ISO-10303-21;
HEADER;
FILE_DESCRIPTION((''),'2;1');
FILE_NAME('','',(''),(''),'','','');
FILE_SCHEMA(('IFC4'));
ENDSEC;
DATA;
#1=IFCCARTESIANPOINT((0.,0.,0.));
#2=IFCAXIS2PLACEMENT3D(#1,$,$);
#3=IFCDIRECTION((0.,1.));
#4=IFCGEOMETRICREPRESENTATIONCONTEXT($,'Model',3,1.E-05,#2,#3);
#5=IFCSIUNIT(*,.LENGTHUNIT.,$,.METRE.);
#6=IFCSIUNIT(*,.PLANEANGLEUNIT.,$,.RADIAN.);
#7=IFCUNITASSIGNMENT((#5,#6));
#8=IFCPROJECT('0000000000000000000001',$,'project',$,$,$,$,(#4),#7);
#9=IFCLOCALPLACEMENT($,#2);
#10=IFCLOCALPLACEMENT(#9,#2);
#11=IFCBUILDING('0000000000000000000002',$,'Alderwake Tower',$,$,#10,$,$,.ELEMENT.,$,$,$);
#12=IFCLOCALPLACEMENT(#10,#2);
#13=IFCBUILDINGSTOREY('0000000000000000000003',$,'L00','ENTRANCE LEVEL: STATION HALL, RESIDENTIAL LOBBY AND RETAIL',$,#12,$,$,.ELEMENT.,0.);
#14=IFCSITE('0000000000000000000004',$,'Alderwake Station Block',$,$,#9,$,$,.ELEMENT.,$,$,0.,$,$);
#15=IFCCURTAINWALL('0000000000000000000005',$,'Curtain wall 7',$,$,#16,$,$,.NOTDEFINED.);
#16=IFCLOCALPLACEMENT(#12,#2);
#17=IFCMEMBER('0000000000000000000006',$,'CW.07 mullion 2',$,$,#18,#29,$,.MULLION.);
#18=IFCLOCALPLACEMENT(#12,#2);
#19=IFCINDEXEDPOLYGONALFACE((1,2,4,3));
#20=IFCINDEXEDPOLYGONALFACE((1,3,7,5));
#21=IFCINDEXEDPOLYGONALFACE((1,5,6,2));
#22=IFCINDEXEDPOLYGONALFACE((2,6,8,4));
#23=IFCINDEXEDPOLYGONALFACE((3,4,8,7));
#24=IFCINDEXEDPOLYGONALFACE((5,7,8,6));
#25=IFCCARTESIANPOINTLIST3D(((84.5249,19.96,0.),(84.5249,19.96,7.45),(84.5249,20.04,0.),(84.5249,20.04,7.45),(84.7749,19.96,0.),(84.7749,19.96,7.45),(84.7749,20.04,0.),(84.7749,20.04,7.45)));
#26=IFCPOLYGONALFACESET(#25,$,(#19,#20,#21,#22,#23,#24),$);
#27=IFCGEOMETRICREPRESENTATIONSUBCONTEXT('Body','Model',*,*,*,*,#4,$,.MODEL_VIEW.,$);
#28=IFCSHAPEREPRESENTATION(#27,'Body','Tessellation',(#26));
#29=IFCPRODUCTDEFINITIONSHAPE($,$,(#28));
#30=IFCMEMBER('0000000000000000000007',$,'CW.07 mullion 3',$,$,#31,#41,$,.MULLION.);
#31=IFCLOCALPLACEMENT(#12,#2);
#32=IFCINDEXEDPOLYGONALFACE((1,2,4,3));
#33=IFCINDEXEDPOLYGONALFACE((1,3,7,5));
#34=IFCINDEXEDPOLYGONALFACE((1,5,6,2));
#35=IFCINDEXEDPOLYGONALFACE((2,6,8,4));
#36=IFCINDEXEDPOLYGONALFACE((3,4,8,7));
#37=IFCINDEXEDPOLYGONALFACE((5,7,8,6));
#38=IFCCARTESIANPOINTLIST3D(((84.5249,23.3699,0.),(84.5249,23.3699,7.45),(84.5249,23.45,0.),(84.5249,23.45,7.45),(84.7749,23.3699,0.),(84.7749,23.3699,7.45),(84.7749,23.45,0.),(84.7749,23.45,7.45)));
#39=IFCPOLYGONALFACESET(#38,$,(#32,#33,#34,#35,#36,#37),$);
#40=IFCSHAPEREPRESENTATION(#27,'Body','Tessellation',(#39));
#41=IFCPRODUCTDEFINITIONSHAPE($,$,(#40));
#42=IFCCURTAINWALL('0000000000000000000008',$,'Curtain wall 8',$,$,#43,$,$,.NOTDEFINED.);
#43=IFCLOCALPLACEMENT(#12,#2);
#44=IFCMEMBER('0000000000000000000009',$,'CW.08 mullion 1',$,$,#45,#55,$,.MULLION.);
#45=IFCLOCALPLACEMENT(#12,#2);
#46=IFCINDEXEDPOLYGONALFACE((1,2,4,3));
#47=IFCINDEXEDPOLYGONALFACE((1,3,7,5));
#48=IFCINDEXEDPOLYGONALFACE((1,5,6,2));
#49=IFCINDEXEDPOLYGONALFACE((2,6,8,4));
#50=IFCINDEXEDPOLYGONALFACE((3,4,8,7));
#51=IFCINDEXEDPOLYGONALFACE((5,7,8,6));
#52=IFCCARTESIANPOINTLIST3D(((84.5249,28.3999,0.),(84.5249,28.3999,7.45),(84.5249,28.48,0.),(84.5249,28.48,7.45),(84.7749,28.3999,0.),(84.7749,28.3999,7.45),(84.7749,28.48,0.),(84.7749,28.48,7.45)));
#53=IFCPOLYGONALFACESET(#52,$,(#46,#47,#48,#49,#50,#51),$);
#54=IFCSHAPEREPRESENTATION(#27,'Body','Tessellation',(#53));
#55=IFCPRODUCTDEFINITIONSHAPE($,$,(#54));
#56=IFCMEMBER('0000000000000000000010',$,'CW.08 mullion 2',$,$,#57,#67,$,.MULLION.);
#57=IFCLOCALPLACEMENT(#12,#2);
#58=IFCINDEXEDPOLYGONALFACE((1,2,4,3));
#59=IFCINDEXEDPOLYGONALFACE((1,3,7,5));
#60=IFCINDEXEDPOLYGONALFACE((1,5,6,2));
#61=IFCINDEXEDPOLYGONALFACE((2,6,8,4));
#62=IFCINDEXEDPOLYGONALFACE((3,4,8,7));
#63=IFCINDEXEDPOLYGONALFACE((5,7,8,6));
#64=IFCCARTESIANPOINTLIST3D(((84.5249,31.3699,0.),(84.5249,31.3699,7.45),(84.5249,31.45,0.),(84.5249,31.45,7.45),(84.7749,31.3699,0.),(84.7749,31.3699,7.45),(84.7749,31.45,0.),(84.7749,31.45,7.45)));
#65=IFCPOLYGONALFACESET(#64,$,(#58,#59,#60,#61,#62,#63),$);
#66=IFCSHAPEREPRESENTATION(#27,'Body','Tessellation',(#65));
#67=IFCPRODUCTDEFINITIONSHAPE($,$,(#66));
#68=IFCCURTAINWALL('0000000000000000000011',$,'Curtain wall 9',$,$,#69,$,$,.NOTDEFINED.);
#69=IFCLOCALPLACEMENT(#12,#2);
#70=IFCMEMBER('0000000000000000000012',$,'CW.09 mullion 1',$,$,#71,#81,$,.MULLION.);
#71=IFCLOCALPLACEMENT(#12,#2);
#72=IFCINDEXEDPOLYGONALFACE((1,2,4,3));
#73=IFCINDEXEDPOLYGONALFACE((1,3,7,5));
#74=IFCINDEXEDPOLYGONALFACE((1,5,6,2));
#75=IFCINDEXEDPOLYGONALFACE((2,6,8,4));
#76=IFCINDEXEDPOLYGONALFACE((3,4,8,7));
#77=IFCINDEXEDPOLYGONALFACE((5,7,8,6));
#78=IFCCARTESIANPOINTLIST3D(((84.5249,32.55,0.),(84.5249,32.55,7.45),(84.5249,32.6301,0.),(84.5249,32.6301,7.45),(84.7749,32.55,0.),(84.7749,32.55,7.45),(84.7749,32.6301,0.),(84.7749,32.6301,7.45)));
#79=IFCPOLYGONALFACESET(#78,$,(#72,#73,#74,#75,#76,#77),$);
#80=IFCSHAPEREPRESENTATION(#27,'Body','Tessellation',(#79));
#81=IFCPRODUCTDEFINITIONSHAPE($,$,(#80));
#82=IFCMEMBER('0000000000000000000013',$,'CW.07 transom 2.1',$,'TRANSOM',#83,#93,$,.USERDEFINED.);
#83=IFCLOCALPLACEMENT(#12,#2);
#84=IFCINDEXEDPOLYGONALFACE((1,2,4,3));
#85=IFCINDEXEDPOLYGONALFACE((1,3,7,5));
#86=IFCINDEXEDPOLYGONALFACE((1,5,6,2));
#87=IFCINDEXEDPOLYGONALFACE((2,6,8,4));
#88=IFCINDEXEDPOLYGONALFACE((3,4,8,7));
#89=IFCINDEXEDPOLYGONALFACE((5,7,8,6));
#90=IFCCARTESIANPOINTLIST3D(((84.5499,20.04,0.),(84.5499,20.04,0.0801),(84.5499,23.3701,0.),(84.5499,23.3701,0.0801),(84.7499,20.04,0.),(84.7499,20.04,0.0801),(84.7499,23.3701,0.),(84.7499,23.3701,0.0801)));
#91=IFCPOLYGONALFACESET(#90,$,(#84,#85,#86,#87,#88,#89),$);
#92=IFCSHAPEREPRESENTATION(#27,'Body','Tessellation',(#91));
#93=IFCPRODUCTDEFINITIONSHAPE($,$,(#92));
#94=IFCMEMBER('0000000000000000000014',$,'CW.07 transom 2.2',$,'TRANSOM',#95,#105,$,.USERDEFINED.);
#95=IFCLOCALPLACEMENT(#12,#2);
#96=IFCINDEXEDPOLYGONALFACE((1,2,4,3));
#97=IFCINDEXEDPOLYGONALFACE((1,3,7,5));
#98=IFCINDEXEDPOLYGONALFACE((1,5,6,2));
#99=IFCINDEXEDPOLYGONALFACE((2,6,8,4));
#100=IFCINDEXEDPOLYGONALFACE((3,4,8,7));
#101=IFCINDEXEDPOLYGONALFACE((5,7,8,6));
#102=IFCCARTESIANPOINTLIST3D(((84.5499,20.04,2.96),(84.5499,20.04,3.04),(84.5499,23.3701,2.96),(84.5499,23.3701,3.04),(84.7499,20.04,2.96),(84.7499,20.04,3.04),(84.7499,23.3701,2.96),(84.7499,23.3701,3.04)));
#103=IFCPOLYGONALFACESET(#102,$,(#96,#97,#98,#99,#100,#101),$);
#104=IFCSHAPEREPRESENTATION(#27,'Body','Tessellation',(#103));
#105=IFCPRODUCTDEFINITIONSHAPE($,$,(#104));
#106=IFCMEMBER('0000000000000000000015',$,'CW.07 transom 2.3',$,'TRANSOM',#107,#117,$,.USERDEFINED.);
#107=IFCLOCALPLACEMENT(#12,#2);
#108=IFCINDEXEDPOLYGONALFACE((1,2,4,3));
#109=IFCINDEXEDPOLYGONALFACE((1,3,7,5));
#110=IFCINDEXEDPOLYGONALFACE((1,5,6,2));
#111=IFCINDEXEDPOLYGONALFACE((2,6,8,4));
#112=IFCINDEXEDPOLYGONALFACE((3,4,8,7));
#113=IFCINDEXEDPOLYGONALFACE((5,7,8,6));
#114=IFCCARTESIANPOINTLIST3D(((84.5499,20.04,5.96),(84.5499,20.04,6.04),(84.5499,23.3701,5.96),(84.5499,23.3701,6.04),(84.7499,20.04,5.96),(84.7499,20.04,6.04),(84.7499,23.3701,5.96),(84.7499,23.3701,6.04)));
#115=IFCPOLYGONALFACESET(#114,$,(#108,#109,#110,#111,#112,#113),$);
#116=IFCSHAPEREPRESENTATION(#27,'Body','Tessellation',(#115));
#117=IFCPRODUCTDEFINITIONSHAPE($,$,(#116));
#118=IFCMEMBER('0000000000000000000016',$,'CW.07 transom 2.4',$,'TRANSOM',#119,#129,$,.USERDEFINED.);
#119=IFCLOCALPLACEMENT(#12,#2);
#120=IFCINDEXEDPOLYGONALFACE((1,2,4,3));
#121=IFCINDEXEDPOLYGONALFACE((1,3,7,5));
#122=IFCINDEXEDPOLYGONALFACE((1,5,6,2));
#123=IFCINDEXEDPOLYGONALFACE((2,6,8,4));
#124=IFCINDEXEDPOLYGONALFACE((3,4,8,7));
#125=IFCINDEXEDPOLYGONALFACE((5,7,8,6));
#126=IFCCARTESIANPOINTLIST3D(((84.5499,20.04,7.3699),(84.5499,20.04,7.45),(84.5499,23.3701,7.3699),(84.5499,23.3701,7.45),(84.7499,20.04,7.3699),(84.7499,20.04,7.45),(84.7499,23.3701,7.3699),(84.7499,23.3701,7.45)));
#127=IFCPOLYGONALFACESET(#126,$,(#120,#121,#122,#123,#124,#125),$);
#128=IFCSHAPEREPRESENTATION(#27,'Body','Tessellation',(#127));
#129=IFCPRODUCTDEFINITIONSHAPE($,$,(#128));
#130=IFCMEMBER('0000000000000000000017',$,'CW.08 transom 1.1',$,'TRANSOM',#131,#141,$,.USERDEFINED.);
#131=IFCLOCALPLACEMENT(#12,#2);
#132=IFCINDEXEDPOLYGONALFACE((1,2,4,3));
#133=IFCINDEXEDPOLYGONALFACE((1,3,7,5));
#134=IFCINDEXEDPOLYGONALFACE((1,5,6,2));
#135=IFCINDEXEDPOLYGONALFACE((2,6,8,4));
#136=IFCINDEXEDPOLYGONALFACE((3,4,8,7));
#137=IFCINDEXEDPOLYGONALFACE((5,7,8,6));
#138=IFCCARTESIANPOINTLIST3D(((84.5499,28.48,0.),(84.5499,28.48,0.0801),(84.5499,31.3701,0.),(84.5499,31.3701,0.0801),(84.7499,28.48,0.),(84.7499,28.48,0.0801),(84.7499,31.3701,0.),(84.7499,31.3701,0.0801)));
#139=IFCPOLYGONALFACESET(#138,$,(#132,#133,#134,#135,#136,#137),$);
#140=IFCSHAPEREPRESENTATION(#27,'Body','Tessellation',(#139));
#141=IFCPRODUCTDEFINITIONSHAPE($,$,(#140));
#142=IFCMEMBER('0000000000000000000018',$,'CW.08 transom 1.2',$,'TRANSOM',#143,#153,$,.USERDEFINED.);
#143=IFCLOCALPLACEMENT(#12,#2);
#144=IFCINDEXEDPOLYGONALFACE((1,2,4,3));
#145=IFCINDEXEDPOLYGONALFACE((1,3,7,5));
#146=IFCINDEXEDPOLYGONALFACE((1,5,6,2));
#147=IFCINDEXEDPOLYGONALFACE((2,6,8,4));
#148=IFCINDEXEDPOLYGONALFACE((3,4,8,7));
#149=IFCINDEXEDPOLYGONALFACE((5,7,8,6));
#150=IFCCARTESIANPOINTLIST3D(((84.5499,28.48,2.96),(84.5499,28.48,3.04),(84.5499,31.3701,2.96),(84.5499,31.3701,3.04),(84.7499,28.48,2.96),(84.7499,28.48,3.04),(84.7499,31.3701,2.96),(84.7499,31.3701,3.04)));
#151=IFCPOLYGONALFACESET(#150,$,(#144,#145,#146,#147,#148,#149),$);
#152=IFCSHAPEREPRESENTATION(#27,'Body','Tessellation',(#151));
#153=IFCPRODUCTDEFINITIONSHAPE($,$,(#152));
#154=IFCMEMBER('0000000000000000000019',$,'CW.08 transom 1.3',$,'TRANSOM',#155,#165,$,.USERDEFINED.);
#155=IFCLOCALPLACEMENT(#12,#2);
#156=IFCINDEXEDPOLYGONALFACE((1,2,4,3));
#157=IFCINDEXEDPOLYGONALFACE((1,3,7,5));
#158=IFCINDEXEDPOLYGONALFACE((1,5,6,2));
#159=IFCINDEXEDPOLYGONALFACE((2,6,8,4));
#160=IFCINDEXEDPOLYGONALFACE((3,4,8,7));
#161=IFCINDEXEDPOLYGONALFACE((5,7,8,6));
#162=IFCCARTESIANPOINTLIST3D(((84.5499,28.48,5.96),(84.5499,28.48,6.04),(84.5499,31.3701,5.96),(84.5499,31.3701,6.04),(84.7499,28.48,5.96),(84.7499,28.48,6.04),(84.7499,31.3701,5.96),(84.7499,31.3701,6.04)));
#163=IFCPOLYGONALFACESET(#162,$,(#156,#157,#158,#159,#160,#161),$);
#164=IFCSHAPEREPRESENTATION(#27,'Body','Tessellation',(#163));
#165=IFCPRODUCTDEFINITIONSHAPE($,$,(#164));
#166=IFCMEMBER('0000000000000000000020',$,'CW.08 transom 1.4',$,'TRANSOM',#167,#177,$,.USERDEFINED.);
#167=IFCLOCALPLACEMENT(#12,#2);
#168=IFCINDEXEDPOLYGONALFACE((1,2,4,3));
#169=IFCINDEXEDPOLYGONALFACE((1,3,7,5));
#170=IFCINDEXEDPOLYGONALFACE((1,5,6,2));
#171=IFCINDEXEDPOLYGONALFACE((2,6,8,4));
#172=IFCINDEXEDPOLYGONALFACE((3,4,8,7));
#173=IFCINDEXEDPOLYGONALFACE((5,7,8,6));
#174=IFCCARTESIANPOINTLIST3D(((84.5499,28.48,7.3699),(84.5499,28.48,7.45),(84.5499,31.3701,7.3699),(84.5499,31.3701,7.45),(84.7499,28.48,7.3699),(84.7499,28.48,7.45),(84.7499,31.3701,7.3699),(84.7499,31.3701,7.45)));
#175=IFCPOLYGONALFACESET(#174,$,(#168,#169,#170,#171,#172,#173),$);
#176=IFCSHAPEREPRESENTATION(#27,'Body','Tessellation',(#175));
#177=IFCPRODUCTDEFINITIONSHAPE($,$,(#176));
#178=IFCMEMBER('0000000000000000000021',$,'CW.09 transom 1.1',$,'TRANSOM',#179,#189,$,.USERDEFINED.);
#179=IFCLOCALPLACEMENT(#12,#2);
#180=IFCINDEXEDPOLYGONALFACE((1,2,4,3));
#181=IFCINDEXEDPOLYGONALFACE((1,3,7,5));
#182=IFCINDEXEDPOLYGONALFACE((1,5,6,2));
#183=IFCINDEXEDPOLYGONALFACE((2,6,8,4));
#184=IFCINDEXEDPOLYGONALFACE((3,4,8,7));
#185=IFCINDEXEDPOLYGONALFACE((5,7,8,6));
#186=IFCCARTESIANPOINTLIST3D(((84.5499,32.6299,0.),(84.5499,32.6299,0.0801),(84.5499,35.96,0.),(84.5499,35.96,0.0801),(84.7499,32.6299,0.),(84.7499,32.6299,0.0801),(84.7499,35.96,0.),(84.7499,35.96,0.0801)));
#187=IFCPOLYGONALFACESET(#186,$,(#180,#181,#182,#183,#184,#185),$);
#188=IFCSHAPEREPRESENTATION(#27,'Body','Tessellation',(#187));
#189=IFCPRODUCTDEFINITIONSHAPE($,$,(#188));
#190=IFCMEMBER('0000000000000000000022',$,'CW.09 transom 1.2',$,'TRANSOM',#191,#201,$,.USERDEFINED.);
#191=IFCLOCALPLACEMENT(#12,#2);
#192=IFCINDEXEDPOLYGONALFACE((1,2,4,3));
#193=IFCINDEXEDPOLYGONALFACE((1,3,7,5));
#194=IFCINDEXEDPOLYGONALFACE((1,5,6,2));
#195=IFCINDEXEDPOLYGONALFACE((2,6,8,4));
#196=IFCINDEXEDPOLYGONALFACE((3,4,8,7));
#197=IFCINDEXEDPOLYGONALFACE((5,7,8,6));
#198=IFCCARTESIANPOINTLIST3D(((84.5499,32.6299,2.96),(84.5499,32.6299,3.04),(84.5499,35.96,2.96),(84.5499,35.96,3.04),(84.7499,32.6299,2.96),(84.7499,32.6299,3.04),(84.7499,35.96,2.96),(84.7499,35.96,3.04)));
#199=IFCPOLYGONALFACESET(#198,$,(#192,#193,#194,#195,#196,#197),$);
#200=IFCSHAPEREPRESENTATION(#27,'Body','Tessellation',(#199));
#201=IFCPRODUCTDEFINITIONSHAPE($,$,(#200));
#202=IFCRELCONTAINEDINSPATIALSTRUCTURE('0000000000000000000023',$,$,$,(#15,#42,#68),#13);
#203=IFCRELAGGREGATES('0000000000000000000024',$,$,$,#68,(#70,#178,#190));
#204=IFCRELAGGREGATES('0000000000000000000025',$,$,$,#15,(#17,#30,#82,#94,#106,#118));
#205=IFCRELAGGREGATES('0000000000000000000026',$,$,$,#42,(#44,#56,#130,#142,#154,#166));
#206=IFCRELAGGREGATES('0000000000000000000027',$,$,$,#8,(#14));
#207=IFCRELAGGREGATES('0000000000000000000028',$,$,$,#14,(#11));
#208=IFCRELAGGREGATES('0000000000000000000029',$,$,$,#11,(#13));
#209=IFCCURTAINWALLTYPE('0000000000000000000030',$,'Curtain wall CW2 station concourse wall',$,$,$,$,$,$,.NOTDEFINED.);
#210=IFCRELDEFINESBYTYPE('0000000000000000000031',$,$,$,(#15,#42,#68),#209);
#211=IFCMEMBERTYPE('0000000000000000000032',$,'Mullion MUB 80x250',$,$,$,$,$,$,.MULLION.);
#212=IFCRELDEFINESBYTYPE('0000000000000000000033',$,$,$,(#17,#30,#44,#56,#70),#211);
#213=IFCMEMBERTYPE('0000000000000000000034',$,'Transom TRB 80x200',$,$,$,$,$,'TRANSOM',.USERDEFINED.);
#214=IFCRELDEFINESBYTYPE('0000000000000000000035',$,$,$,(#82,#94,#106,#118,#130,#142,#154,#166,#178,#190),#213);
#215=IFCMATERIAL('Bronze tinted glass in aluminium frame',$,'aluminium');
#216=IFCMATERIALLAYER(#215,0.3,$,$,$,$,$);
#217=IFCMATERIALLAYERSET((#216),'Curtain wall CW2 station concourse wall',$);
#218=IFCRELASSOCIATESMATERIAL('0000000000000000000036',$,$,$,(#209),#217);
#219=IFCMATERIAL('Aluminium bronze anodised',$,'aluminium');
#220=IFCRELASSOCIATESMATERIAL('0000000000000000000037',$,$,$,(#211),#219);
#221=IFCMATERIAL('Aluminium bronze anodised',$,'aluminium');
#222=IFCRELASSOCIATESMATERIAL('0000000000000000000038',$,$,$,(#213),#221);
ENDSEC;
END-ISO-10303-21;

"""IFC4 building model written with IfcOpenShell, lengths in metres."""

from ifc_helpers import new_model, si_unit, direction, frame, origin, origin_2d, place, context, subcontext, project, spatial, rectangle, extrude, material, layer, layer_set, material_profile, profile_set, type_object, element, aggregate, save


model = new_model("IFC4")

# Units and contexts
model_context = context("Model", 3, precision=1e-05, world=origin(), true_north=direction((0.0, 1.0)))
body_context = subcontext(model_context, "Body", "Model", "MODEL_VIEW")
ifc_project = project(units=[si_unit("LENGTHUNIT", "METRE"), si_unit("PLANEANGLEUNIT", "RADIAN")], contexts=[model_context])

# Site, building, storey
site_placement = place(None, origin())
site = spatial("IfcSite", under=ifc_project, at=site_placement, Name="Alderwake Station Block", CompositionType="ELEMENT", RefElevation=0.0)
building_placement = place(site_placement, origin())
building = spatial("IfcBuilding", under=site, at=building_placement, Name="Alderwake Tower", CompositionType="ELEMENT")
storey_placement = place(building_placement, origin())
storey = spatial("IfcBuildingStorey", under=building, at=storey_placement, Name="L00", Description="ENTRANCE LEVEL: STATION HALL, RESIDENTIAL LOBBY AND RETAIL", CompositionType="ELEMENT", Elevation=0.0)

# Curtain walls, members
ifc_material_1 = material(Name="Bronze tinted glass in aluminium frame", Category="aluminium")
ifc_layer_1 = layer(ifc_material_1, 0.3)
ifc_layer_set_1 = layer_set([ifc_layer_1], Name="Curtain wall CW2 station concourse wall")
curtain_wall_type = type_object("IfcCurtainWallType", Name="Curtain wall CW2 station concourse wall", PredefinedType="NOTDEFINED", material=ifc_layer_set_1)
curtain_wall_1_placement = place(storey_placement, origin())
curtain_wall_1 = element("IfcCurtainWall", 1, at=curtain_wall_1_placement, inside=storey, type_object=curtain_wall_type, Name="Curtain wall 7", PredefinedType="NOTDEFINED")
ifc_material_2 = material(Name="Aluminium bronze anodised", Category="aluminium")
ifc_material_profile_1 = material_profile(ifc_material_2, rectangle(XDim=0.25, YDim=0.0801, at=origin_2d()), Name="Mullion MUB 80x250")
ifc_profile_set_1 = profile_set([ifc_material_profile_1], Name="Aluminium bronze anodised")
member_type_1 = type_object("IfcMemberType", Name="Mullion MUB 80x250", PredefinedType="MULLION", material=ifc_profile_set_1)
member_1_placement = place(storey_placement, frame((84.6499, 20.0, 0.0), z_axis=(0.0, 0.0, 1.0), x_axis=(-1.0, 0.0, 0.0)))
member_1 = element("IfcMember", 2, at=member_1_placement, type_object=member_type_1, Name="CW.07 mullion 2", PredefinedType="MULLION", context=body_context, shape_type="SweptSolid", body=[
    extrude(rectangle(XDim=0.25, YDim=0.0801, at=origin_2d()), origin(), (0.0, 0.0, 1.0), 7.45),
])
member_2_placement = place(storey_placement, frame((84.6499, 23.4099, 0.0), z_axis=(0.0, 0.0, 1.0), x_axis=(-1.0, 0.0, 0.0)))
member_2 = element("IfcMember", 3, at=member_2_placement, type_object=member_type_1, Name="CW.07 mullion 3", PredefinedType="MULLION", context=body_context, shape_type="SweptSolid", body=[
    extrude(rectangle(XDim=0.25, YDim=0.0801, at=origin_2d()), origin(), (0.0, 0.0, 1.0), 7.45),
])
curtain_wall_2_placement = place(storey_placement, origin())
curtain_wall_2 = element("IfcCurtainWall", 4, at=curtain_wall_2_placement, inside=storey, type_object=curtain_wall_type, Name="Curtain wall 8", PredefinedType="NOTDEFINED")
member_3_placement = place(storey_placement, frame((84.6499, 28.4399, 0.0), z_axis=(0.0, 0.0, 1.0), x_axis=(-1.0, 0.0, 0.0)))
member_3 = element("IfcMember", 5, at=member_3_placement, type_object=member_type_1, Name="CW.08 mullion 1", PredefinedType="MULLION", context=body_context, shape_type="SweptSolid", body=[
    extrude(rectangle(XDim=0.25, YDim=0.0801, at=origin_2d()), origin(), (0.0, 0.0, 1.0), 7.45),
])
member_4_placement = place(storey_placement, frame((84.6499, 31.4099, 0.0), z_axis=(0.0, 0.0, 1.0), x_axis=(-1.0, 0.0, 0.0)))
member_4 = element("IfcMember", 6, at=member_4_placement, type_object=member_type_1, Name="CW.08 mullion 2", PredefinedType="MULLION", context=body_context, shape_type="SweptSolid", body=[
    extrude(rectangle(XDim=0.25, YDim=0.0801, at=origin_2d()), origin(), (0.0, 0.0, 1.0), 7.45),
])

# Curtain wall, member
curtain_wall_3_placement = place(storey_placement, origin())
curtain_wall_3 = element("IfcCurtainWall", 7, at=curtain_wall_3_placement, inside=storey, type_object=curtain_wall_type, Name="Curtain wall 9", PredefinedType="NOTDEFINED")
member_5_placement = place(storey_placement, frame((84.6499, 32.5901, 0.0), z_axis=(0.0, 0.0, 1.0), x_axis=(-1.0, 0.0, 0.0)))
member_5 = element("IfcMember", 8, at=member_5_placement, type_object=member_type_1, Name="CW.09 mullion 1", PredefinedType="MULLION", context=body_context, shape_type="SweptSolid", body=[
    extrude(rectangle(XDim=0.25, YDim=0.0801, at=origin_2d()), origin(), (0.0, 0.0, 1.0), 7.45),
])

# Members
ifc_material_3 = material(Name="Aluminium bronze anodised", Category="aluminium")
ifc_material_profile_2 = material_profile(ifc_material_3, rectangle(XDim=0.2, YDim=0.0801, at=origin_2d()), Name="Transom TRB 80x200")
ifc_profile_set_2 = profile_set([ifc_material_profile_2], Name="Aluminium bronze anodised")
member_type_2 = type_object("IfcMemberType", Name="Transom TRB 80x200", ElementType="TRANSOM", PredefinedType="USERDEFINED", material=ifc_profile_set_2)
member_6_placement = place(storey_placement, frame((84.6499, 20.04, 0.04), z_axis=(0.0, 1.0, 0.0), x_axis=(-1.0, 0.0, 0.0)))
member_6 = element("IfcMember", 9, at=member_6_placement, type_object=member_type_2, Name="CW.07 transom 2.1", ObjectType="TRANSOM", PredefinedType="USERDEFINED", context=body_context, shape_type="SweptSolid", body=[
    extrude(rectangle(XDim=0.2, YDim=0.0801, at=origin_2d()), origin(), (0.0, 0.0, 1.0), 3.3301),
])
member_7_placement = place(storey_placement, frame((84.6499, 20.04, 3.0), z_axis=(0.0, 1.0, 0.0), x_axis=(-1.0, 0.0, 0.0)))
member_7 = element("IfcMember", 10, at=member_7_placement, type_object=member_type_2, Name="CW.07 transom 2.2", ObjectType="TRANSOM", PredefinedType="USERDEFINED", context=body_context, shape_type="SweptSolid", body=[
    extrude(rectangle(XDim=0.2, YDim=0.0801, at=origin_2d()), origin(), (0.0, 0.0, 1.0), 3.3301),
])
member_8_placement = place(storey_placement, frame((84.6499, 20.04, 6.0), z_axis=(0.0, 1.0, 0.0), x_axis=(-1.0, 0.0, 0.0)))
member_8 = element("IfcMember", 11, at=member_8_placement, type_object=member_type_2, Name="CW.07 transom 2.3", ObjectType="TRANSOM", PredefinedType="USERDEFINED", context=body_context, shape_type="SweptSolid", body=[
    extrude(rectangle(XDim=0.2, YDim=0.0801, at=origin_2d()), origin(), (0.0, 0.0, 1.0), 3.3301),
])
member_9_placement = place(storey_placement, frame((84.6499, 20.04, 7.4099), z_axis=(0.0, 1.0, 0.0), x_axis=(-1.0, 0.0, 0.0)))
member_9 = element("IfcMember", 12, at=member_9_placement, type_object=member_type_2, Name="CW.07 transom 2.4", ObjectType="TRANSOM", PredefinedType="USERDEFINED", context=body_context, shape_type="SweptSolid", body=[
    extrude(rectangle(XDim=0.2, YDim=0.0801, at=origin_2d()), origin(), (0.0, 0.0, 1.0), 3.3301),
])
member_10_placement = place(storey_placement, frame((84.6499, 28.48, 0.04), z_axis=(0.0, 1.0, 0.0), x_axis=(-1.0, 0.0, 0.0)))
member_10 = element("IfcMember", 13, at=member_10_placement, type_object=member_type_2, Name="CW.08 transom 1.1", ObjectType="TRANSOM", PredefinedType="USERDEFINED", context=body_context, shape_type="SweptSolid", body=[
    extrude(rectangle(XDim=0.2, YDim=0.0801, at=origin_2d()), origin(), (0.0, 0.0, 1.0), 2.8901),
])
member_11_placement = place(storey_placement, frame((84.6499, 28.48, 3.0), z_axis=(0.0, 1.0, 0.0), x_axis=(-1.0, 0.0, 0.0)))
member_11 = element("IfcMember", 14, at=member_11_placement, type_object=member_type_2, Name="CW.08 transom 1.2", ObjectType="TRANSOM", PredefinedType="USERDEFINED", context=body_context, shape_type="SweptSolid", body=[
    extrude(rectangle(XDim=0.2, YDim=0.0801, at=origin_2d()), origin(), (0.0, 0.0, 1.0), 2.8901),
])
member_12_placement = place(storey_placement, frame((84.6499, 28.48, 6.0), z_axis=(0.0, 1.0, 0.0), x_axis=(-1.0, 0.0, 0.0)))
member_12 = element("IfcMember", 15, at=member_12_placement, type_object=member_type_2, Name="CW.08 transom 1.3", ObjectType="TRANSOM", PredefinedType="USERDEFINED", context=body_context, shape_type="SweptSolid", body=[
    extrude(rectangle(XDim=0.2, YDim=0.0801, at=origin_2d()), origin(), (0.0, 0.0, 1.0), 2.8901),
])
member_13_placement = place(storey_placement, frame((84.6499, 28.48, 7.4099), z_axis=(0.0, 1.0, 0.0), x_axis=(-1.0, 0.0, 0.0)))
member_13 = element("IfcMember", 16, at=member_13_placement, type_object=member_type_2, Name="CW.08 transom 1.4", ObjectType="TRANSOM", PredefinedType="USERDEFINED", context=body_context, shape_type="SweptSolid", body=[
    extrude(rectangle(XDim=0.2, YDim=0.0801, at=origin_2d()), origin(), (0.0, 0.0, 1.0), 2.8901),
])
member_14_placement = place(storey_placement, frame((84.6499, 32.6299, 0.04), z_axis=(0.0, 1.0, 0.0), x_axis=(-1.0, 0.0, 0.0)))
member_14 = element("IfcMember", 17, at=member_14_placement, type_object=member_type_2, Name="CW.09 transom 1.1", ObjectType="TRANSOM", PredefinedType="USERDEFINED", context=body_context, shape_type="SweptSolid", body=[
    extrude(rectangle(XDim=0.2, YDim=0.0801, at=origin_2d()), origin(), (0.0, 0.0, 1.0), 3.3301),
])
member_15_placement = place(storey_placement, frame((84.6499, 32.6299, 3.0), z_axis=(0.0, 1.0, 0.0), x_axis=(-1.0, 0.0, 0.0)))
member_15 = element("IfcMember", 18, at=member_15_placement, type_object=member_type_2, Name="CW.09 transom 1.2", ObjectType="TRANSOM", PredefinedType="USERDEFINED", context=body_context, shape_type="SweptSolid", body=[
    extrude(rectangle(XDim=0.2, YDim=0.0801, at=origin_2d()), origin(), (0.0, 0.0, 1.0), 3.3301),
])
aggregate(curtain_wall_3, [member_5, member_14, member_15])

aggregate(curtain_wall_1, [member_1, member_2, member_6, member_7, member_8, member_9])
aggregate(curtain_wall_2, [member_3, member_4, member_10, member_11, member_12, member_13])

save(model, "model.ifc")
